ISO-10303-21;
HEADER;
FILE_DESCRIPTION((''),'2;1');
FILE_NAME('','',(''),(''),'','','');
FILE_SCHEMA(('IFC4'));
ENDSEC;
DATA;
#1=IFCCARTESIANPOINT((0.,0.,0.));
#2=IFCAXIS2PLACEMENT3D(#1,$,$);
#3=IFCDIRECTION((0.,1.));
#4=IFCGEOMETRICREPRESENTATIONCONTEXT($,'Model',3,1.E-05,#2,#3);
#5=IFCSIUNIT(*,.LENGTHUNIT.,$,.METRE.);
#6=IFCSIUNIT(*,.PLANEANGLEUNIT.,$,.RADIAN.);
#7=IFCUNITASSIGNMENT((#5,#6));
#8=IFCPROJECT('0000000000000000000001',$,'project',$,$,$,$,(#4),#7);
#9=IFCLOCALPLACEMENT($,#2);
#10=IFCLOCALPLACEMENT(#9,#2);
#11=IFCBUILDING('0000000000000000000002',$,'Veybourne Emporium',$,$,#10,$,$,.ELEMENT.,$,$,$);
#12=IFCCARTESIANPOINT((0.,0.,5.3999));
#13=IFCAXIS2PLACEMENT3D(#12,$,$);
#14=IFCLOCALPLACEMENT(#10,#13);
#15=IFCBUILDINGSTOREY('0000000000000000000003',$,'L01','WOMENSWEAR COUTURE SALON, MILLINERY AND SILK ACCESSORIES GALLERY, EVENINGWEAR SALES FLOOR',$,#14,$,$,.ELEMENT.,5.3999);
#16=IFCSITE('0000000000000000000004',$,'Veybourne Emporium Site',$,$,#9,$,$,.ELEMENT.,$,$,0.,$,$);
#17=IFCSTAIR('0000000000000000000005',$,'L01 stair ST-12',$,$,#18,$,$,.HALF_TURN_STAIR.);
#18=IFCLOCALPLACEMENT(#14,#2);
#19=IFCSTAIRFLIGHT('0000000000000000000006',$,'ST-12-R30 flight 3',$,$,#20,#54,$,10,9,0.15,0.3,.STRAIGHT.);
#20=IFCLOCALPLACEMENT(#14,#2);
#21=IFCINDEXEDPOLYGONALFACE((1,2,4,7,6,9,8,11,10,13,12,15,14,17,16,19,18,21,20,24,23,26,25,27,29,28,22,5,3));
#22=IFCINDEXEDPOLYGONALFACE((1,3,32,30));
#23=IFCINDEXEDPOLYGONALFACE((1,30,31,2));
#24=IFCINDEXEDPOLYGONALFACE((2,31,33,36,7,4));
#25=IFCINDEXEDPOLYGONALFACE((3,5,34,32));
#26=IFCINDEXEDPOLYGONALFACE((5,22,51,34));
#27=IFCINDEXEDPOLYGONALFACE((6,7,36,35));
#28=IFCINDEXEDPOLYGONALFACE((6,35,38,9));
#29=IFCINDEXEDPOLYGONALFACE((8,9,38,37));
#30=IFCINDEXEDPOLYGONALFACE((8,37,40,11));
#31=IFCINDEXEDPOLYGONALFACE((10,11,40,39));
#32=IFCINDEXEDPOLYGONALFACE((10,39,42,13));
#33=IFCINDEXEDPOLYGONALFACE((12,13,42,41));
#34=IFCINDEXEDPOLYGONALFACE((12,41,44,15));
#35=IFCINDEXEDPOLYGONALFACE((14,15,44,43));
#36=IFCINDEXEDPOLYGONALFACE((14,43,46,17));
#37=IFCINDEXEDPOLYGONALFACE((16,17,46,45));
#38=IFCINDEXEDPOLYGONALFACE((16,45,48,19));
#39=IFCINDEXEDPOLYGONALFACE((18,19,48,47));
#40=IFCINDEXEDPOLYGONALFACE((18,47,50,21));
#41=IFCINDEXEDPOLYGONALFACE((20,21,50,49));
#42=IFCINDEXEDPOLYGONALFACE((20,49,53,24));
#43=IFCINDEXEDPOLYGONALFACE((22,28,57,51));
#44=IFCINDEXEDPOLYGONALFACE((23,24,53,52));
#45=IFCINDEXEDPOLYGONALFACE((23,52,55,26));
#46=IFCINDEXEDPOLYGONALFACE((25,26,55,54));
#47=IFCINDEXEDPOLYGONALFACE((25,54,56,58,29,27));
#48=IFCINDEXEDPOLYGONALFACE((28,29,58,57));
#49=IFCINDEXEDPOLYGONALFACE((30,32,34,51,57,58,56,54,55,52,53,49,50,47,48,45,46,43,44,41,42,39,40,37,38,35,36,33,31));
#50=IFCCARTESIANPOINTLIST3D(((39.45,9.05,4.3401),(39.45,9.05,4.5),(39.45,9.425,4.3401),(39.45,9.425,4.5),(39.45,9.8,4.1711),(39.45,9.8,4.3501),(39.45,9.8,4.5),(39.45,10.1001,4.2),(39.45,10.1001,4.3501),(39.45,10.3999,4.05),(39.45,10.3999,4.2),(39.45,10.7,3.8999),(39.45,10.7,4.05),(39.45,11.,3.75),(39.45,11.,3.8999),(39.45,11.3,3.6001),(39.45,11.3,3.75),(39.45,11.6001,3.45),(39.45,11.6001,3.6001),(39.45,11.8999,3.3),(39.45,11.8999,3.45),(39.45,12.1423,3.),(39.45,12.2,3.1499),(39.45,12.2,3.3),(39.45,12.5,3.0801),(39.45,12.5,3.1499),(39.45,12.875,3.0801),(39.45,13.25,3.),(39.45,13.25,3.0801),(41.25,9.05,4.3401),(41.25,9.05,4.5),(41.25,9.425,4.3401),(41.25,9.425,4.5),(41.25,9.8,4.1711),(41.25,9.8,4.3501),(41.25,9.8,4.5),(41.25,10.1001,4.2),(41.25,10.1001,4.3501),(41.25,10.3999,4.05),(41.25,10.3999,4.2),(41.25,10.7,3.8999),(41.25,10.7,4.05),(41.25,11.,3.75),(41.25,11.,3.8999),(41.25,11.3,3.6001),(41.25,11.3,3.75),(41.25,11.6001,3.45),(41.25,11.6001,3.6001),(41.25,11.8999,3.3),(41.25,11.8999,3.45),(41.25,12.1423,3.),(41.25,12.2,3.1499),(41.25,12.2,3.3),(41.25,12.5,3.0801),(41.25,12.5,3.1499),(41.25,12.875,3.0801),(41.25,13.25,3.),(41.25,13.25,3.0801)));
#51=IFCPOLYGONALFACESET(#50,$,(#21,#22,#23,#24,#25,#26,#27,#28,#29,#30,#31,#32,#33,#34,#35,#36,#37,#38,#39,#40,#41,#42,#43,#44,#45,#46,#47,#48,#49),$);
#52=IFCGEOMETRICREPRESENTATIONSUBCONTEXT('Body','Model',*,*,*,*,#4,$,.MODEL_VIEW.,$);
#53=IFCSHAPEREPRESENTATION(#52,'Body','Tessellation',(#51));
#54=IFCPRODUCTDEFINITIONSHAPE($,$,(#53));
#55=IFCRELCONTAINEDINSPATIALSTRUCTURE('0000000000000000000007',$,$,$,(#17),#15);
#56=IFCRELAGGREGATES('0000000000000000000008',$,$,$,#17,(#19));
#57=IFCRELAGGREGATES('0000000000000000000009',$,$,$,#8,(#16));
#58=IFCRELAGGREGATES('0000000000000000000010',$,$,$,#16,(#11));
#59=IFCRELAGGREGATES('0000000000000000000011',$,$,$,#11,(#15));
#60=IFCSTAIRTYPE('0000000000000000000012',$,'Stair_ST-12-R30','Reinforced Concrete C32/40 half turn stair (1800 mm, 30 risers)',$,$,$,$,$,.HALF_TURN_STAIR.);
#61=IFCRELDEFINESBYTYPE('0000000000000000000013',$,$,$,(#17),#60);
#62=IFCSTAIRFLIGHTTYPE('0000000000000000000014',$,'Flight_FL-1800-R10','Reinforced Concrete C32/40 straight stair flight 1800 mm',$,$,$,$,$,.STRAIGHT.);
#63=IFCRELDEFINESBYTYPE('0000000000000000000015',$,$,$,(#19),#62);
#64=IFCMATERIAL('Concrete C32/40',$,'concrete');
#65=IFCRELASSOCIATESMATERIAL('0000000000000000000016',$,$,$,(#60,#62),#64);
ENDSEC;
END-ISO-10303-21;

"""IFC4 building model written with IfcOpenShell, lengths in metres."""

from ifc_helpers import new_model, si_unit, direction, frame, origin, place, context, subcontext, project, spatial, polyline, outline, extrude, material, type_object, element, aggregate, save


model = new_model("IFC4")

# Units and contexts
model_context = context("Model", 3, precision=1e-05, world=origin(), true_north=direction((0.0, 1.0)))
body_context = subcontext(model_context, "Body", "Model", "MODEL_VIEW")
ifc_project = project(units=[si_unit("LENGTHUNIT", "METRE"), si_unit("PLANEANGLEUNIT", "RADIAN")], contexts=[model_context])

# Site, building, storey
site_placement = place(None, origin())
site = spatial("IfcSite", under=ifc_project, at=site_placement, Name="Veybourne Emporium Site", CompositionType="ELEMENT", RefElevation=0.0)
building_placement = place(site_placement, origin())
building = spatial("IfcBuilding", under=site, at=building_placement, Name="Veybourne Emporium", CompositionType="ELEMENT")
storey_placement = place(building_placement, frame((0.0, 0.0, 5.3999)))
storey = spatial("IfcBuildingStorey", under=building, at=storey_placement, Name="L01", Description="WOMENSWEAR COUTURE SALON, MILLINERY AND SILK ACCESSORIES GALLERY, EVENINGWEAR SALES FLOOR", CompositionType="ELEMENT", Elevation=5.3999)

# Shared definitions
ifc_material_1 = material(Name="Concrete C32/40", Category="concrete")

# Stair, stair flight
stair_type = type_object("IfcStairType", Name="Stair_ST-12-R30", Description="Reinforced Concrete C32/40 half turn stair (1800 mm, 30 risers)", PredefinedType="HALF_TURN_STAIR", material=ifc_material_1)
stair_placement = place(storey_placement, origin())
stair = element("IfcStair", 1, at=stair_placement, inside=storey, type_object=stair_type, Name="L01 stair ST-12", PredefinedType="HALF_TURN_STAIR")
stair_flight_type = type_object("IfcStairFlightType", Name="Flight_FL-1800-R10", Description="Reinforced Concrete C32/40 straight stair flight 1800 mm", PredefinedType="STRAIGHT", material=ifc_material_1)
stair_flight_placement = place(storey_placement, frame((40.3501, 12.5, 3.0), z_axis=(0.0, 0.0, 1.0), x_axis=(0.0, -1.0, 0.0)))
stair_flight = element("IfcStairFlight", 2, at=stair_flight_placement, type_object=stair_flight_type, Name="ST-12-R30 flight 3", NumberOfRisers=10, NumberOfTreads=9, PredefinedType="STRAIGHT", RiserHeight=0.15, TreadLength=0.3, context=body_context, shape_type="SweptSolid", body=[
    extrude(outline(polyline([(-0.75, 0.0), (-0.75, 0.0801), (-0.375, 0.0801), (0.0, 0.0801), (0.0, 0.1499), (0.3, 0.1499), (0.3, 0.3), (0.6001, 0.3), (0.6001, 0.45), (0.8999, 0.45), (0.8999, 0.6001), (1.2, 0.6001), (1.2, 0.75), (1.5, 0.75), (1.5, 0.8999), (1.8, 0.8999), (1.8, 1.05), (2.1001, 1.05), (2.1001, 1.2), (2.3999, 1.2), (2.3999, 1.3501), (2.7, 1.3501), (2.7, 1.5), (3.075, 1.5), (3.45, 1.5), (3.45, 1.3401), (3.075, 1.3401), (2.7, 1.1711), (0.3577, 0.0), (-0.75, 0.0)])), frame((0.0, 0.8999, 0.0), z_axis=(0.0, -1.0, 0.0), x_axis=(1.0, 0.0, 0.0)), (0.0, 0.0, 1.0), 1.8),
])
aggregate(stair, [stair_flight])

save(model, "model.ifc")
